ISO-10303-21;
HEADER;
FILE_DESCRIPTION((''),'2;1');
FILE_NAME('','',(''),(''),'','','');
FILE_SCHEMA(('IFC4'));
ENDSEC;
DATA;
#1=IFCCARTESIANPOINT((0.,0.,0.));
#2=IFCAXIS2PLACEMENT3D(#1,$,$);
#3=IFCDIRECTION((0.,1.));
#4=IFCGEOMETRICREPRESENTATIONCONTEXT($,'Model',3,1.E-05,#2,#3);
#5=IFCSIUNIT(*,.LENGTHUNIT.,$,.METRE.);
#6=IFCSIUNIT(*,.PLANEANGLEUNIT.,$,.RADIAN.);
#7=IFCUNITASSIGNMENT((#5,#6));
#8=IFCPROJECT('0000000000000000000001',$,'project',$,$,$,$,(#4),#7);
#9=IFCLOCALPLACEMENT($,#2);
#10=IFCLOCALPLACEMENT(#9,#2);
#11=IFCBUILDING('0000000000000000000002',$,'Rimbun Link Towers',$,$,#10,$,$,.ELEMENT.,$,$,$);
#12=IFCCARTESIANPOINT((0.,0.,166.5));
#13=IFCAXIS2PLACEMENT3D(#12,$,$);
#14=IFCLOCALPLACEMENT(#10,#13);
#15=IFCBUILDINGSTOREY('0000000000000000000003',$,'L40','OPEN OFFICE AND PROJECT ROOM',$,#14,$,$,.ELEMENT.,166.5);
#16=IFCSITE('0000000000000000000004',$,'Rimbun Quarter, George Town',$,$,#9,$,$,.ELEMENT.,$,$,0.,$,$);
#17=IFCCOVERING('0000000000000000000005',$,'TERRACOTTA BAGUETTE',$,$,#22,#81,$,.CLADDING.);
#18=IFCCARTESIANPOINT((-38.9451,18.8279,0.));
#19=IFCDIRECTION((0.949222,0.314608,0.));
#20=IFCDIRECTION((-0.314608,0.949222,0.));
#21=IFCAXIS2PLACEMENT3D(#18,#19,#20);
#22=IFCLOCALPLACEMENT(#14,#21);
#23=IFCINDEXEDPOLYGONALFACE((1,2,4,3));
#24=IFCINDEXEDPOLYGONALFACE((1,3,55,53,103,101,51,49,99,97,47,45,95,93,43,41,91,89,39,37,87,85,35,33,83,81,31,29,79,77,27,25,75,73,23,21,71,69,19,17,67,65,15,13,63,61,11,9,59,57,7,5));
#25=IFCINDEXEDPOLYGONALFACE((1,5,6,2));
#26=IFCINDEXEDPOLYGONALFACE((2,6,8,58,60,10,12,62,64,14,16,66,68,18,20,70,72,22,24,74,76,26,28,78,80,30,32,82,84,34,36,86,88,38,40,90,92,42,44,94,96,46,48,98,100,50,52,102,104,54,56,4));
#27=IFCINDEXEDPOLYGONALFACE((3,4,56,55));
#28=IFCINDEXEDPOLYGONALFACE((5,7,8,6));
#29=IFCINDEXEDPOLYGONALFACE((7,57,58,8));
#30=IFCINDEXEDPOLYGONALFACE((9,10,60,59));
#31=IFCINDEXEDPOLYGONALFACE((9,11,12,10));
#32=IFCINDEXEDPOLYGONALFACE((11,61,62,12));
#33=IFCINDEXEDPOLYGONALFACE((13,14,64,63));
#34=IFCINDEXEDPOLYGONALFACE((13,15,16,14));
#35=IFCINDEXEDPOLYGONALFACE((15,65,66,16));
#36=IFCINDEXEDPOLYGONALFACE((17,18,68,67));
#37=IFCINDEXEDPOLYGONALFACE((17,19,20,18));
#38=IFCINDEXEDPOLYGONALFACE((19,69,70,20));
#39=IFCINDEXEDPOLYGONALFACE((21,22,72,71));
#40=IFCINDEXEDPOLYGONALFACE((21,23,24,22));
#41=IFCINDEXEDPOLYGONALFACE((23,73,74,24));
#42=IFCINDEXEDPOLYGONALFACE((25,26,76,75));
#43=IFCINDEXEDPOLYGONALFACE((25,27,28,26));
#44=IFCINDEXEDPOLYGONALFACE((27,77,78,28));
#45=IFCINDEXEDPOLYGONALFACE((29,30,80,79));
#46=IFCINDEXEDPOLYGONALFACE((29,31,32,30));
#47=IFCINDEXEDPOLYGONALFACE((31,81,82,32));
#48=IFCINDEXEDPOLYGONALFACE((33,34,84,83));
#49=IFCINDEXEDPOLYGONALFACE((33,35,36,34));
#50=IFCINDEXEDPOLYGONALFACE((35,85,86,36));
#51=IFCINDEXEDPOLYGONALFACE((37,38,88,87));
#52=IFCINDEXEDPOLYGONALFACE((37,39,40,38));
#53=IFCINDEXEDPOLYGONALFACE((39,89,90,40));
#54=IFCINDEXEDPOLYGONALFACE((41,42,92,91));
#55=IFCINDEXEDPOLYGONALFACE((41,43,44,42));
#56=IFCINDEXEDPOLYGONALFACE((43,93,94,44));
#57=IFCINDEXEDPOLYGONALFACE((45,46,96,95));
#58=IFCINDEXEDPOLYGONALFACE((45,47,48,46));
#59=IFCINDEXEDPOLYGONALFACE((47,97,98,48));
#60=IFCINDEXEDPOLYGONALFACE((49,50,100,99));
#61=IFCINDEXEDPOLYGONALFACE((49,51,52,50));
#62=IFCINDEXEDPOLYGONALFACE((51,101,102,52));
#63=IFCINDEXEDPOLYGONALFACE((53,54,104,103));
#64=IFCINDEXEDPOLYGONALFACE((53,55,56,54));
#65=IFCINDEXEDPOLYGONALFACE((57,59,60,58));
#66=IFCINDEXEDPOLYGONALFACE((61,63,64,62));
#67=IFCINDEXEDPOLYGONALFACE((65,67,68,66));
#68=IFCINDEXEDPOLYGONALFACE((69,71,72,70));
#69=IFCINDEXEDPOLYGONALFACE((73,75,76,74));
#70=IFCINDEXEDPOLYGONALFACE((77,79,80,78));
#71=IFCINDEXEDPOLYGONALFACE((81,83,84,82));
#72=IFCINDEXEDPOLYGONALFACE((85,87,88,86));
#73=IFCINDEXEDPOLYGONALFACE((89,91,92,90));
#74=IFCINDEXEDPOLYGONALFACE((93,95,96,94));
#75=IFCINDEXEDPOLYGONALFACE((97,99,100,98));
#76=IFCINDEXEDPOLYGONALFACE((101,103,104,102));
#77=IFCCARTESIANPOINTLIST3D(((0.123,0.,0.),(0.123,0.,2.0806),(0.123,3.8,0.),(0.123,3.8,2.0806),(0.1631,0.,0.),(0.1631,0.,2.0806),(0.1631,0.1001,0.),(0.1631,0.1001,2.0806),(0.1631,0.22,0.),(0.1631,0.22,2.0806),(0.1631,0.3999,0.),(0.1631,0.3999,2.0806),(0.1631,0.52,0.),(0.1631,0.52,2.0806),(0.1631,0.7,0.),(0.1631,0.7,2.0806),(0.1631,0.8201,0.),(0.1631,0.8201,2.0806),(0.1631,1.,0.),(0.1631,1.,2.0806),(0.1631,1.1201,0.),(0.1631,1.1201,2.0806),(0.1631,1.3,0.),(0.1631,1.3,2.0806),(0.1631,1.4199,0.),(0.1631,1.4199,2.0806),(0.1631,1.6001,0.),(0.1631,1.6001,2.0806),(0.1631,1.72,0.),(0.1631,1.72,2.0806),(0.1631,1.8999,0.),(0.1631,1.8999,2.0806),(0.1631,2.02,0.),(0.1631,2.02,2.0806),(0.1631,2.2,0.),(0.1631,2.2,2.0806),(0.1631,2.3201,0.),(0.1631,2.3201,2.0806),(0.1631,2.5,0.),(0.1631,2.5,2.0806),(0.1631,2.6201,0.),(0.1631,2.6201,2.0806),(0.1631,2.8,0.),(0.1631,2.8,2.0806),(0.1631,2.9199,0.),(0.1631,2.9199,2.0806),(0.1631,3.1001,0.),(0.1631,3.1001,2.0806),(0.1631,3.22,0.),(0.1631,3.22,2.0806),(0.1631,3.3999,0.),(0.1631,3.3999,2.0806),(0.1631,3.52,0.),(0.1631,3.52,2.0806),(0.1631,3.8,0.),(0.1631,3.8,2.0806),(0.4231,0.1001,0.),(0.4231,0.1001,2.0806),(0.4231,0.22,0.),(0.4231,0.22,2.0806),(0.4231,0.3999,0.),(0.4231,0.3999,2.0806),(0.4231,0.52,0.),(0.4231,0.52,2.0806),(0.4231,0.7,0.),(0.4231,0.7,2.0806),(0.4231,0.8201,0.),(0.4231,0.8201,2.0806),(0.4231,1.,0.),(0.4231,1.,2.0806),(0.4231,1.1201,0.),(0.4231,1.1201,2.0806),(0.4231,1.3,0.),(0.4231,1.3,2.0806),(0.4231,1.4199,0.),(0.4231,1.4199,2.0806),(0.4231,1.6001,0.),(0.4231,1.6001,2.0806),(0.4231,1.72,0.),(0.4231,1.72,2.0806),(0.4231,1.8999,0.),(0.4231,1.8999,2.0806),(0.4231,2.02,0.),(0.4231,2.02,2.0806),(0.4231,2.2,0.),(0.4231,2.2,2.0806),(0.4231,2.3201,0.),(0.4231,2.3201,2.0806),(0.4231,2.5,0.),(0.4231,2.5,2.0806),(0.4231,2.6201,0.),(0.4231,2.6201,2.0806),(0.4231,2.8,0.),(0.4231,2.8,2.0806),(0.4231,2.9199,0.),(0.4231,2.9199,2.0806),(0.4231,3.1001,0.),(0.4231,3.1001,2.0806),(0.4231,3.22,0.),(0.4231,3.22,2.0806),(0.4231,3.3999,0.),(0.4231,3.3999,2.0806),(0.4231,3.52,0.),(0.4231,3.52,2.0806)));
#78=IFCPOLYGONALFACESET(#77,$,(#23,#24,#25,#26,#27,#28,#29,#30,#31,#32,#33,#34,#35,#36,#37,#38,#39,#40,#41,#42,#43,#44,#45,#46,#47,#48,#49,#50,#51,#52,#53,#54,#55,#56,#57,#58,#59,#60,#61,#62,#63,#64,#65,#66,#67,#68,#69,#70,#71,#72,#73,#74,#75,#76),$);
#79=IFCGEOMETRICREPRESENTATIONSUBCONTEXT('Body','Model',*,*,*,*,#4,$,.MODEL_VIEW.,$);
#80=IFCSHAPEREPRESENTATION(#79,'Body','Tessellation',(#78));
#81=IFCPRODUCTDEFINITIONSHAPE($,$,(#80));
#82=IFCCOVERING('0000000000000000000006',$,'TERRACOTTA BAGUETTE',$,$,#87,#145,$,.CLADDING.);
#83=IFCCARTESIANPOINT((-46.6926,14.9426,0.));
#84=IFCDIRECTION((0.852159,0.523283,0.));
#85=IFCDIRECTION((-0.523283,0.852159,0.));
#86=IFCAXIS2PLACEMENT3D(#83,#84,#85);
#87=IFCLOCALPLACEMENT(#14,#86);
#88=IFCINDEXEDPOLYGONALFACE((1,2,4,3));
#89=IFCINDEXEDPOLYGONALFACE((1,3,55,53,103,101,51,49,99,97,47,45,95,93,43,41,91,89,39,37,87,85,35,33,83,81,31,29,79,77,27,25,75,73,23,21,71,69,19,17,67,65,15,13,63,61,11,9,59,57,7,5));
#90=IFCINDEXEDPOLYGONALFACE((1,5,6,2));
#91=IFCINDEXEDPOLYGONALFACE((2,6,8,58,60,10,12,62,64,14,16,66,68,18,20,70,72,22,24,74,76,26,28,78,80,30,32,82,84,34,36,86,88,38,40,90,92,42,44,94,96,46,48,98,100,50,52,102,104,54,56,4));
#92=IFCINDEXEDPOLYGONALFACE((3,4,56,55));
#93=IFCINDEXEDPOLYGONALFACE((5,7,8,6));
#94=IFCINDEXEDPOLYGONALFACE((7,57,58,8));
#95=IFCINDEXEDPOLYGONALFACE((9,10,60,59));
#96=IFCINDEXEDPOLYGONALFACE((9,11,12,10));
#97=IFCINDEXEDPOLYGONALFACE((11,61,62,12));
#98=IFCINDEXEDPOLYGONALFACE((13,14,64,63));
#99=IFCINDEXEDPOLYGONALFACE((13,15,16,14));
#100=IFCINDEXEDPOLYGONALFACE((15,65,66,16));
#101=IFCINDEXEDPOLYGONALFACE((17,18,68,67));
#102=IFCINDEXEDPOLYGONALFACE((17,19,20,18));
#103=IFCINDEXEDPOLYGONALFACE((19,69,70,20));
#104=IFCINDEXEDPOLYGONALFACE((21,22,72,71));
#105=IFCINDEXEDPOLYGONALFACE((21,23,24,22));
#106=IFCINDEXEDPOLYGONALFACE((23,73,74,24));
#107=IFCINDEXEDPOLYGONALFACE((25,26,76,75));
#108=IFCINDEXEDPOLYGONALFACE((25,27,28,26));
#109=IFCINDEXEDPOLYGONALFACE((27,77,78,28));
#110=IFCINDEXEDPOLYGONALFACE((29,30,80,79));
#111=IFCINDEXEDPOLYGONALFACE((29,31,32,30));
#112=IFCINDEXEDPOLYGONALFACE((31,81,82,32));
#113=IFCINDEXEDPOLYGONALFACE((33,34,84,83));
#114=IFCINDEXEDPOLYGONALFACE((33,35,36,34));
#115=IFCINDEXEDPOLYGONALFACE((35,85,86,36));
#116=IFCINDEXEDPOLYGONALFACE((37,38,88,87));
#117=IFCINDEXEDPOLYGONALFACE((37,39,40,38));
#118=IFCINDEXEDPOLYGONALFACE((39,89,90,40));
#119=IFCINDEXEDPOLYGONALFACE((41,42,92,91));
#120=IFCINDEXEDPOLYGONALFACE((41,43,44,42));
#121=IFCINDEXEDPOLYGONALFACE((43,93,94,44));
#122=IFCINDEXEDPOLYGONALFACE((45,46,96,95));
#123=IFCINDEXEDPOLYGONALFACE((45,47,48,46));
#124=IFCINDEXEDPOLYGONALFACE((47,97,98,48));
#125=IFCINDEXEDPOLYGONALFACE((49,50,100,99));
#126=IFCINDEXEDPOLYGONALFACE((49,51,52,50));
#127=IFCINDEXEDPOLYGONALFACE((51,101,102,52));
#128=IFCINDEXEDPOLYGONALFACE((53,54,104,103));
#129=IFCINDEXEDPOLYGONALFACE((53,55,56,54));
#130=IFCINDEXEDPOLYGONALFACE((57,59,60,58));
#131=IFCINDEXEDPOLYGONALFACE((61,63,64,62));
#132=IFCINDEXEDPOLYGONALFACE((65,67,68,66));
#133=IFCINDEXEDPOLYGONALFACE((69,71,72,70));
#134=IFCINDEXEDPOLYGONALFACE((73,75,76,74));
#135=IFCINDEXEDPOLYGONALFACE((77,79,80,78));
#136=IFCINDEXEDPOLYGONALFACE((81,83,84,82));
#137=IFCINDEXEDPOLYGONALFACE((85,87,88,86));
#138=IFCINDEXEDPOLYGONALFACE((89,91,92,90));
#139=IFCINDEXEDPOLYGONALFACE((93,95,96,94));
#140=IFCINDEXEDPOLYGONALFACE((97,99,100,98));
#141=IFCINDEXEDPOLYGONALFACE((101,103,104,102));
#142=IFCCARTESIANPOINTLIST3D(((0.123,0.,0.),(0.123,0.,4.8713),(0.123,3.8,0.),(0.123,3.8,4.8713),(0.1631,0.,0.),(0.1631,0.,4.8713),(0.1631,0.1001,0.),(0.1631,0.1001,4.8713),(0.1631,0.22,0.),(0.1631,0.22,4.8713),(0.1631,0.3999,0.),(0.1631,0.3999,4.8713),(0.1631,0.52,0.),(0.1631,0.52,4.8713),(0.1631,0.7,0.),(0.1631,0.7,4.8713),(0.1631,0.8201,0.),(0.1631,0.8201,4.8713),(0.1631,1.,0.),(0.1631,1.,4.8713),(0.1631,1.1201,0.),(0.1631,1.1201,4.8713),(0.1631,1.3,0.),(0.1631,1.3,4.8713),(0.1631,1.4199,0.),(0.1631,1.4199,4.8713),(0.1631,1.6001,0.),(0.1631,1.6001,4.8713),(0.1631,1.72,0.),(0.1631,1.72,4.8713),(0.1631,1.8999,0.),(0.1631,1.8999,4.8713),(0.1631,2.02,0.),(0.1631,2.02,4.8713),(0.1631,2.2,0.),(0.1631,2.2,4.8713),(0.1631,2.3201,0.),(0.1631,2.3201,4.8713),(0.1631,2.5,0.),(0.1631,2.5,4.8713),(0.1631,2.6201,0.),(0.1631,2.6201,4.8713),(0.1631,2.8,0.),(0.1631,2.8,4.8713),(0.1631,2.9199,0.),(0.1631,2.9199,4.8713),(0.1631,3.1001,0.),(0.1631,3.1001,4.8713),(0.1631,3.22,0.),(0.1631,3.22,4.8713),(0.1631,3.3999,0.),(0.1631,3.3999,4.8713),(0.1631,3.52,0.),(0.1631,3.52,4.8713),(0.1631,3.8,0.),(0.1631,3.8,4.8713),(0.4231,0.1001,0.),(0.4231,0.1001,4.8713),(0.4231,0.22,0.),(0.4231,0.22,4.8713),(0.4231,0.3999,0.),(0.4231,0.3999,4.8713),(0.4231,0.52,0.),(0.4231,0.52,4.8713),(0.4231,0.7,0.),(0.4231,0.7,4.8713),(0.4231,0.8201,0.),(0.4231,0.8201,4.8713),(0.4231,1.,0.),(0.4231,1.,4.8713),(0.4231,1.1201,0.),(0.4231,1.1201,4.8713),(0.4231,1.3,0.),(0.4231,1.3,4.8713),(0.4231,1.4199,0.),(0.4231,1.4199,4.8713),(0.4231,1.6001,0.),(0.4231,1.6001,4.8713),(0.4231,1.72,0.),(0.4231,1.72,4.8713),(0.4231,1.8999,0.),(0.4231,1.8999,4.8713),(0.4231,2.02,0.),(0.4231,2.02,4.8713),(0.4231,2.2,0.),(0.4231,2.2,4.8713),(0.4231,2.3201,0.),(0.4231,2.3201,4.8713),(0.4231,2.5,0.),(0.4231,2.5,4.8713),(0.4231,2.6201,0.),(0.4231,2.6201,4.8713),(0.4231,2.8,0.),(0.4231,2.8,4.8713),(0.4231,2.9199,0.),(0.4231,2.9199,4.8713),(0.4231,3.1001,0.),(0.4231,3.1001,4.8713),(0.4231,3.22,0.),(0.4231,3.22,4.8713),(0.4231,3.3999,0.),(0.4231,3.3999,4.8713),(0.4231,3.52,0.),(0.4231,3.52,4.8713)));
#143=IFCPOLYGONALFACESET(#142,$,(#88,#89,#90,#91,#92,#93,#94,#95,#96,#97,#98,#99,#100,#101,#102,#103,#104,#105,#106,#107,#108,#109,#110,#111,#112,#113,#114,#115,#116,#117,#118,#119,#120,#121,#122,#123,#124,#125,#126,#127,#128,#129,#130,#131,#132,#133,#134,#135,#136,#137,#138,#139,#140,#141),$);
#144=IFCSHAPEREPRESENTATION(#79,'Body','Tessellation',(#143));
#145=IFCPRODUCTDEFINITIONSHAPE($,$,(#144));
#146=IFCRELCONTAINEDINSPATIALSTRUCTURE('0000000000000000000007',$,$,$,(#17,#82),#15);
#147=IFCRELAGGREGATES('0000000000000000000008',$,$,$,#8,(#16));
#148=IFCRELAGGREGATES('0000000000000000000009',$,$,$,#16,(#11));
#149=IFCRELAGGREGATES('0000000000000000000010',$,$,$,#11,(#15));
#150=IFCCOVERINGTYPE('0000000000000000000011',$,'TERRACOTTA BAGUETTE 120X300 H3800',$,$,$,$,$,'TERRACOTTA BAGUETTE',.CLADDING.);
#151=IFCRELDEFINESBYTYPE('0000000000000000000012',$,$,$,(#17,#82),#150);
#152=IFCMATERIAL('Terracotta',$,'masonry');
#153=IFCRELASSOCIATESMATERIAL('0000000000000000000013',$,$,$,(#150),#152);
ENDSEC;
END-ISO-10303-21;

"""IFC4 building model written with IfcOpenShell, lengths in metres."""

from ifc_helpers import new_model, si_unit, direction, frame, origin, place, context, subcontext, project, spatial, polyline, outline, extrude, material, material_profile, profile_set, type_object, element, save


model = new_model("IFC4")

# Units and contexts
model_context = context("Model", 3, precision=1e-05, world=origin(), true_north=direction((0.0, 1.0)))
body_context = subcontext(model_context, "Body", "Model", "MODEL_VIEW")
ifc_project = project(units=[si_unit("LENGTHUNIT", "METRE"), si_unit("PLANEANGLEUNIT", "RADIAN")], contexts=[model_context])

# Site, building, storey
site_placement = place(None, origin())
site = spatial("IfcSite", under=ifc_project, at=site_placement, Name="Rimbun Quarter, George Town", CompositionType="ELEMENT", RefElevation=0.0)
building_placement = place(site_placement, origin())
building = spatial("IfcBuilding", under=site, at=building_placement, Name="Rimbun Link Towers", CompositionType="ELEMENT")
storey_placement = place(building_placement, frame((0.0, 0.0, 166.5)))
storey = spatial("IfcBuildingStorey", under=building, at=storey_placement, Name="L40", Description="OPEN OFFICE AND PROJECT ROOM", CompositionType="ELEMENT", Elevation=166.5)

# Coverings
ifc_material_1 = material(Name="Terracotta", Category="masonry")
ifc_material_profile_1 = material_profile(ifc_material_1, outline(polyline([(0.123, 0.0), (0.1631, 0.0), (0.1631, 0.1001), (0.4231, 0.1001), (0.4231, 0.22), (0.1631, 0.22), (0.1631, 0.3999), (0.4231, 0.3999), (0.4231, 0.52), (0.1631, 0.52), (0.1631, 0.7), (0.4231, 0.7), (0.4231, 0.8201), (0.1631, 0.8201), (0.1631, 1.0), (0.4231, 1.0), (0.4231, 1.1201), (0.1631, 1.1201), (0.1631, 1.3), (0.4231, 1.3), (0.4231, 1.4199), (0.1631, 1.4199), (0.1631, 1.6001), (0.4231, 1.6001), (0.4231, 1.72), (0.1631, 1.72), (0.1631, 1.8999), (0.4231, 1.8999), (0.4231, 2.02), (0.1631, 2.02), (0.1631, 2.2), (0.4231, 2.2), (0.4231, 2.3201), (0.1631, 2.3201), (0.1631, 2.5), (0.4231, 2.5), (0.4231, 2.6201), (0.1631, 2.6201), (0.1631, 2.8), (0.4231, 2.8), (0.4231, 2.9199), (0.1631, 2.9199), (0.1631, 3.1001), (0.4231, 3.1001), (0.4231, 3.22), (0.1631, 3.22), (0.1631, 3.3999), (0.4231, 3.3999), (0.4231, 3.52), (0.1631, 3.52), (0.1631, 3.8), (0.123, 3.8), (0.123, 0.0)])), Name="BAGUETTE 120X300")
ifc_profile_set_1 = profile_set([ifc_material_profile_1], Name="Terracotta")
covering_type = type_object("IfcCoveringType", Name="TERRACOTTA BAGUETTE 120X300 H3800", ElementType="TERRACOTTA BAGUETTE", PredefinedType="CLADDING", material=ifc_profile_set_1)
covering_1_placement = place(storey_placement, frame((-38.9451, 18.8279, 0.0), z_axis=(0.949222, 0.314608, 0.0), x_axis=(-0.314608, 0.949222, 0.0)))
element("IfcCovering", 1, at=covering_1_placement, inside=storey, type_object=covering_type, Name="TERRACOTTA BAGUETTE", PredefinedType="CLADDING", context=body_context, shape_type="SweptSolid", body=[
    extrude(outline(polyline([(0.123, 0.0), (0.1631, 0.0), (0.1631, 0.1001), (0.4231, 0.1001), (0.4231, 0.22), (0.1631, 0.22), (0.1631, 0.3999), (0.4231, 0.3999), (0.4231, 0.52), (0.1631, 0.52), (0.1631, 0.7), (0.4231, 0.7), (0.4231, 0.8201), (0.1631, 0.8201), (0.1631, 1.0), (0.4231, 1.0), (0.4231, 1.1201), (0.1631, 1.1201), (0.1631, 1.3), (0.4231, 1.3), (0.4231, 1.4199), (0.1631, 1.4199), (0.1631, 1.6001), (0.4231, 1.6001), (0.4231, 1.72), (0.1631, 1.72), (0.1631, 1.8999), (0.4231, 1.8999), (0.4231, 2.02), (0.1631, 2.02), (0.1631, 2.2), (0.4231, 2.2), (0.4231, 2.3201), (0.1631, 2.3201), (0.1631, 2.5), (0.4231, 2.5), (0.4231, 2.6201), (0.1631, 2.6201), (0.1631, 2.8), (0.4231, 2.8), (0.4231, 2.9199), (0.1631, 2.9199), (0.1631, 3.1001), (0.4231, 3.1001), (0.4231, 3.22), (0.1631, 3.22), (0.1631, 3.3999), (0.4231, 3.3999), (0.4231, 3.52), (0.1631, 3.52), (0.1631, 3.8), (0.123, 3.8), (0.123, 0.0)])), origin(), (0.0, 0.0, 1.0), 2.0806),
])
covering_2_placement = place(storey_placement, frame((-46.6926, 14.9426, 0.0), z_axis=(0.852159, 0.523283, 0.0), x_axis=(-0.523283, 0.852159, 0.0)))
element("IfcCovering", 2, at=covering_2_placement, inside=storey, type_object=covering_type, Name="TERRACOTTA BAGUETTE", PredefinedType="CLADDING", context=body_context, shape_type="SweptSolid", body=[
    extrude(outline(polyline([(0.123, 0.0), (0.1631, 0.0), (0.1631, 0.1001), (0.4231, 0.1001), (0.4231, 0.22), (0.1631, 0.22), (0.1631, 0.3999), (0.4231, 0.3999), (0.4231, 0.52), (0.1631, 0.52), (0.1631, 0.7), (0.4231, 0.7), (0.4231, 0.8201), (0.1631, 0.8201), (0.1631, 1.0), (0.4231, 1.0), (0.4231, 1.1201), (0.1631, 1.1201), (0.1631, 1.3), (0.4231, 1.3), (0.4231, 1.4199), (0.1631, 1.4199), (0.1631, 1.6001), (0.4231, 1.6001), (0.4231, 1.72), (0.1631, 1.72), (0.1631, 1.8999), (0.4231, 1.8999), (0.4231, 2.02), (0.1631, 2.02), (0.1631, 2.2), (0.4231, 2.2), (0.4231, 2.3201), (0.1631, 2.3201), (0.1631, 2.5), (0.4231, 2.5), (0.4231, 2.6201), (0.1631, 2.6201), (0.1631, 2.8), (0.4231, 2.8), (0.4231, 2.9199), (0.1631, 2.9199), (0.1631, 3.1001), (0.4231, 3.1001), (0.4231, 3.22), (0.1631, 3.22), (0.1631, 3.3999), (0.4231, 3.3999), (0.4231, 3.52), (0.1631, 3.52), (0.1631, 3.8), (0.123, 3.8), (0.123, 0.0)])), origin(), (0.0, 0.0, 1.0), 4.8713),
])

save(model, "model.ifc")
